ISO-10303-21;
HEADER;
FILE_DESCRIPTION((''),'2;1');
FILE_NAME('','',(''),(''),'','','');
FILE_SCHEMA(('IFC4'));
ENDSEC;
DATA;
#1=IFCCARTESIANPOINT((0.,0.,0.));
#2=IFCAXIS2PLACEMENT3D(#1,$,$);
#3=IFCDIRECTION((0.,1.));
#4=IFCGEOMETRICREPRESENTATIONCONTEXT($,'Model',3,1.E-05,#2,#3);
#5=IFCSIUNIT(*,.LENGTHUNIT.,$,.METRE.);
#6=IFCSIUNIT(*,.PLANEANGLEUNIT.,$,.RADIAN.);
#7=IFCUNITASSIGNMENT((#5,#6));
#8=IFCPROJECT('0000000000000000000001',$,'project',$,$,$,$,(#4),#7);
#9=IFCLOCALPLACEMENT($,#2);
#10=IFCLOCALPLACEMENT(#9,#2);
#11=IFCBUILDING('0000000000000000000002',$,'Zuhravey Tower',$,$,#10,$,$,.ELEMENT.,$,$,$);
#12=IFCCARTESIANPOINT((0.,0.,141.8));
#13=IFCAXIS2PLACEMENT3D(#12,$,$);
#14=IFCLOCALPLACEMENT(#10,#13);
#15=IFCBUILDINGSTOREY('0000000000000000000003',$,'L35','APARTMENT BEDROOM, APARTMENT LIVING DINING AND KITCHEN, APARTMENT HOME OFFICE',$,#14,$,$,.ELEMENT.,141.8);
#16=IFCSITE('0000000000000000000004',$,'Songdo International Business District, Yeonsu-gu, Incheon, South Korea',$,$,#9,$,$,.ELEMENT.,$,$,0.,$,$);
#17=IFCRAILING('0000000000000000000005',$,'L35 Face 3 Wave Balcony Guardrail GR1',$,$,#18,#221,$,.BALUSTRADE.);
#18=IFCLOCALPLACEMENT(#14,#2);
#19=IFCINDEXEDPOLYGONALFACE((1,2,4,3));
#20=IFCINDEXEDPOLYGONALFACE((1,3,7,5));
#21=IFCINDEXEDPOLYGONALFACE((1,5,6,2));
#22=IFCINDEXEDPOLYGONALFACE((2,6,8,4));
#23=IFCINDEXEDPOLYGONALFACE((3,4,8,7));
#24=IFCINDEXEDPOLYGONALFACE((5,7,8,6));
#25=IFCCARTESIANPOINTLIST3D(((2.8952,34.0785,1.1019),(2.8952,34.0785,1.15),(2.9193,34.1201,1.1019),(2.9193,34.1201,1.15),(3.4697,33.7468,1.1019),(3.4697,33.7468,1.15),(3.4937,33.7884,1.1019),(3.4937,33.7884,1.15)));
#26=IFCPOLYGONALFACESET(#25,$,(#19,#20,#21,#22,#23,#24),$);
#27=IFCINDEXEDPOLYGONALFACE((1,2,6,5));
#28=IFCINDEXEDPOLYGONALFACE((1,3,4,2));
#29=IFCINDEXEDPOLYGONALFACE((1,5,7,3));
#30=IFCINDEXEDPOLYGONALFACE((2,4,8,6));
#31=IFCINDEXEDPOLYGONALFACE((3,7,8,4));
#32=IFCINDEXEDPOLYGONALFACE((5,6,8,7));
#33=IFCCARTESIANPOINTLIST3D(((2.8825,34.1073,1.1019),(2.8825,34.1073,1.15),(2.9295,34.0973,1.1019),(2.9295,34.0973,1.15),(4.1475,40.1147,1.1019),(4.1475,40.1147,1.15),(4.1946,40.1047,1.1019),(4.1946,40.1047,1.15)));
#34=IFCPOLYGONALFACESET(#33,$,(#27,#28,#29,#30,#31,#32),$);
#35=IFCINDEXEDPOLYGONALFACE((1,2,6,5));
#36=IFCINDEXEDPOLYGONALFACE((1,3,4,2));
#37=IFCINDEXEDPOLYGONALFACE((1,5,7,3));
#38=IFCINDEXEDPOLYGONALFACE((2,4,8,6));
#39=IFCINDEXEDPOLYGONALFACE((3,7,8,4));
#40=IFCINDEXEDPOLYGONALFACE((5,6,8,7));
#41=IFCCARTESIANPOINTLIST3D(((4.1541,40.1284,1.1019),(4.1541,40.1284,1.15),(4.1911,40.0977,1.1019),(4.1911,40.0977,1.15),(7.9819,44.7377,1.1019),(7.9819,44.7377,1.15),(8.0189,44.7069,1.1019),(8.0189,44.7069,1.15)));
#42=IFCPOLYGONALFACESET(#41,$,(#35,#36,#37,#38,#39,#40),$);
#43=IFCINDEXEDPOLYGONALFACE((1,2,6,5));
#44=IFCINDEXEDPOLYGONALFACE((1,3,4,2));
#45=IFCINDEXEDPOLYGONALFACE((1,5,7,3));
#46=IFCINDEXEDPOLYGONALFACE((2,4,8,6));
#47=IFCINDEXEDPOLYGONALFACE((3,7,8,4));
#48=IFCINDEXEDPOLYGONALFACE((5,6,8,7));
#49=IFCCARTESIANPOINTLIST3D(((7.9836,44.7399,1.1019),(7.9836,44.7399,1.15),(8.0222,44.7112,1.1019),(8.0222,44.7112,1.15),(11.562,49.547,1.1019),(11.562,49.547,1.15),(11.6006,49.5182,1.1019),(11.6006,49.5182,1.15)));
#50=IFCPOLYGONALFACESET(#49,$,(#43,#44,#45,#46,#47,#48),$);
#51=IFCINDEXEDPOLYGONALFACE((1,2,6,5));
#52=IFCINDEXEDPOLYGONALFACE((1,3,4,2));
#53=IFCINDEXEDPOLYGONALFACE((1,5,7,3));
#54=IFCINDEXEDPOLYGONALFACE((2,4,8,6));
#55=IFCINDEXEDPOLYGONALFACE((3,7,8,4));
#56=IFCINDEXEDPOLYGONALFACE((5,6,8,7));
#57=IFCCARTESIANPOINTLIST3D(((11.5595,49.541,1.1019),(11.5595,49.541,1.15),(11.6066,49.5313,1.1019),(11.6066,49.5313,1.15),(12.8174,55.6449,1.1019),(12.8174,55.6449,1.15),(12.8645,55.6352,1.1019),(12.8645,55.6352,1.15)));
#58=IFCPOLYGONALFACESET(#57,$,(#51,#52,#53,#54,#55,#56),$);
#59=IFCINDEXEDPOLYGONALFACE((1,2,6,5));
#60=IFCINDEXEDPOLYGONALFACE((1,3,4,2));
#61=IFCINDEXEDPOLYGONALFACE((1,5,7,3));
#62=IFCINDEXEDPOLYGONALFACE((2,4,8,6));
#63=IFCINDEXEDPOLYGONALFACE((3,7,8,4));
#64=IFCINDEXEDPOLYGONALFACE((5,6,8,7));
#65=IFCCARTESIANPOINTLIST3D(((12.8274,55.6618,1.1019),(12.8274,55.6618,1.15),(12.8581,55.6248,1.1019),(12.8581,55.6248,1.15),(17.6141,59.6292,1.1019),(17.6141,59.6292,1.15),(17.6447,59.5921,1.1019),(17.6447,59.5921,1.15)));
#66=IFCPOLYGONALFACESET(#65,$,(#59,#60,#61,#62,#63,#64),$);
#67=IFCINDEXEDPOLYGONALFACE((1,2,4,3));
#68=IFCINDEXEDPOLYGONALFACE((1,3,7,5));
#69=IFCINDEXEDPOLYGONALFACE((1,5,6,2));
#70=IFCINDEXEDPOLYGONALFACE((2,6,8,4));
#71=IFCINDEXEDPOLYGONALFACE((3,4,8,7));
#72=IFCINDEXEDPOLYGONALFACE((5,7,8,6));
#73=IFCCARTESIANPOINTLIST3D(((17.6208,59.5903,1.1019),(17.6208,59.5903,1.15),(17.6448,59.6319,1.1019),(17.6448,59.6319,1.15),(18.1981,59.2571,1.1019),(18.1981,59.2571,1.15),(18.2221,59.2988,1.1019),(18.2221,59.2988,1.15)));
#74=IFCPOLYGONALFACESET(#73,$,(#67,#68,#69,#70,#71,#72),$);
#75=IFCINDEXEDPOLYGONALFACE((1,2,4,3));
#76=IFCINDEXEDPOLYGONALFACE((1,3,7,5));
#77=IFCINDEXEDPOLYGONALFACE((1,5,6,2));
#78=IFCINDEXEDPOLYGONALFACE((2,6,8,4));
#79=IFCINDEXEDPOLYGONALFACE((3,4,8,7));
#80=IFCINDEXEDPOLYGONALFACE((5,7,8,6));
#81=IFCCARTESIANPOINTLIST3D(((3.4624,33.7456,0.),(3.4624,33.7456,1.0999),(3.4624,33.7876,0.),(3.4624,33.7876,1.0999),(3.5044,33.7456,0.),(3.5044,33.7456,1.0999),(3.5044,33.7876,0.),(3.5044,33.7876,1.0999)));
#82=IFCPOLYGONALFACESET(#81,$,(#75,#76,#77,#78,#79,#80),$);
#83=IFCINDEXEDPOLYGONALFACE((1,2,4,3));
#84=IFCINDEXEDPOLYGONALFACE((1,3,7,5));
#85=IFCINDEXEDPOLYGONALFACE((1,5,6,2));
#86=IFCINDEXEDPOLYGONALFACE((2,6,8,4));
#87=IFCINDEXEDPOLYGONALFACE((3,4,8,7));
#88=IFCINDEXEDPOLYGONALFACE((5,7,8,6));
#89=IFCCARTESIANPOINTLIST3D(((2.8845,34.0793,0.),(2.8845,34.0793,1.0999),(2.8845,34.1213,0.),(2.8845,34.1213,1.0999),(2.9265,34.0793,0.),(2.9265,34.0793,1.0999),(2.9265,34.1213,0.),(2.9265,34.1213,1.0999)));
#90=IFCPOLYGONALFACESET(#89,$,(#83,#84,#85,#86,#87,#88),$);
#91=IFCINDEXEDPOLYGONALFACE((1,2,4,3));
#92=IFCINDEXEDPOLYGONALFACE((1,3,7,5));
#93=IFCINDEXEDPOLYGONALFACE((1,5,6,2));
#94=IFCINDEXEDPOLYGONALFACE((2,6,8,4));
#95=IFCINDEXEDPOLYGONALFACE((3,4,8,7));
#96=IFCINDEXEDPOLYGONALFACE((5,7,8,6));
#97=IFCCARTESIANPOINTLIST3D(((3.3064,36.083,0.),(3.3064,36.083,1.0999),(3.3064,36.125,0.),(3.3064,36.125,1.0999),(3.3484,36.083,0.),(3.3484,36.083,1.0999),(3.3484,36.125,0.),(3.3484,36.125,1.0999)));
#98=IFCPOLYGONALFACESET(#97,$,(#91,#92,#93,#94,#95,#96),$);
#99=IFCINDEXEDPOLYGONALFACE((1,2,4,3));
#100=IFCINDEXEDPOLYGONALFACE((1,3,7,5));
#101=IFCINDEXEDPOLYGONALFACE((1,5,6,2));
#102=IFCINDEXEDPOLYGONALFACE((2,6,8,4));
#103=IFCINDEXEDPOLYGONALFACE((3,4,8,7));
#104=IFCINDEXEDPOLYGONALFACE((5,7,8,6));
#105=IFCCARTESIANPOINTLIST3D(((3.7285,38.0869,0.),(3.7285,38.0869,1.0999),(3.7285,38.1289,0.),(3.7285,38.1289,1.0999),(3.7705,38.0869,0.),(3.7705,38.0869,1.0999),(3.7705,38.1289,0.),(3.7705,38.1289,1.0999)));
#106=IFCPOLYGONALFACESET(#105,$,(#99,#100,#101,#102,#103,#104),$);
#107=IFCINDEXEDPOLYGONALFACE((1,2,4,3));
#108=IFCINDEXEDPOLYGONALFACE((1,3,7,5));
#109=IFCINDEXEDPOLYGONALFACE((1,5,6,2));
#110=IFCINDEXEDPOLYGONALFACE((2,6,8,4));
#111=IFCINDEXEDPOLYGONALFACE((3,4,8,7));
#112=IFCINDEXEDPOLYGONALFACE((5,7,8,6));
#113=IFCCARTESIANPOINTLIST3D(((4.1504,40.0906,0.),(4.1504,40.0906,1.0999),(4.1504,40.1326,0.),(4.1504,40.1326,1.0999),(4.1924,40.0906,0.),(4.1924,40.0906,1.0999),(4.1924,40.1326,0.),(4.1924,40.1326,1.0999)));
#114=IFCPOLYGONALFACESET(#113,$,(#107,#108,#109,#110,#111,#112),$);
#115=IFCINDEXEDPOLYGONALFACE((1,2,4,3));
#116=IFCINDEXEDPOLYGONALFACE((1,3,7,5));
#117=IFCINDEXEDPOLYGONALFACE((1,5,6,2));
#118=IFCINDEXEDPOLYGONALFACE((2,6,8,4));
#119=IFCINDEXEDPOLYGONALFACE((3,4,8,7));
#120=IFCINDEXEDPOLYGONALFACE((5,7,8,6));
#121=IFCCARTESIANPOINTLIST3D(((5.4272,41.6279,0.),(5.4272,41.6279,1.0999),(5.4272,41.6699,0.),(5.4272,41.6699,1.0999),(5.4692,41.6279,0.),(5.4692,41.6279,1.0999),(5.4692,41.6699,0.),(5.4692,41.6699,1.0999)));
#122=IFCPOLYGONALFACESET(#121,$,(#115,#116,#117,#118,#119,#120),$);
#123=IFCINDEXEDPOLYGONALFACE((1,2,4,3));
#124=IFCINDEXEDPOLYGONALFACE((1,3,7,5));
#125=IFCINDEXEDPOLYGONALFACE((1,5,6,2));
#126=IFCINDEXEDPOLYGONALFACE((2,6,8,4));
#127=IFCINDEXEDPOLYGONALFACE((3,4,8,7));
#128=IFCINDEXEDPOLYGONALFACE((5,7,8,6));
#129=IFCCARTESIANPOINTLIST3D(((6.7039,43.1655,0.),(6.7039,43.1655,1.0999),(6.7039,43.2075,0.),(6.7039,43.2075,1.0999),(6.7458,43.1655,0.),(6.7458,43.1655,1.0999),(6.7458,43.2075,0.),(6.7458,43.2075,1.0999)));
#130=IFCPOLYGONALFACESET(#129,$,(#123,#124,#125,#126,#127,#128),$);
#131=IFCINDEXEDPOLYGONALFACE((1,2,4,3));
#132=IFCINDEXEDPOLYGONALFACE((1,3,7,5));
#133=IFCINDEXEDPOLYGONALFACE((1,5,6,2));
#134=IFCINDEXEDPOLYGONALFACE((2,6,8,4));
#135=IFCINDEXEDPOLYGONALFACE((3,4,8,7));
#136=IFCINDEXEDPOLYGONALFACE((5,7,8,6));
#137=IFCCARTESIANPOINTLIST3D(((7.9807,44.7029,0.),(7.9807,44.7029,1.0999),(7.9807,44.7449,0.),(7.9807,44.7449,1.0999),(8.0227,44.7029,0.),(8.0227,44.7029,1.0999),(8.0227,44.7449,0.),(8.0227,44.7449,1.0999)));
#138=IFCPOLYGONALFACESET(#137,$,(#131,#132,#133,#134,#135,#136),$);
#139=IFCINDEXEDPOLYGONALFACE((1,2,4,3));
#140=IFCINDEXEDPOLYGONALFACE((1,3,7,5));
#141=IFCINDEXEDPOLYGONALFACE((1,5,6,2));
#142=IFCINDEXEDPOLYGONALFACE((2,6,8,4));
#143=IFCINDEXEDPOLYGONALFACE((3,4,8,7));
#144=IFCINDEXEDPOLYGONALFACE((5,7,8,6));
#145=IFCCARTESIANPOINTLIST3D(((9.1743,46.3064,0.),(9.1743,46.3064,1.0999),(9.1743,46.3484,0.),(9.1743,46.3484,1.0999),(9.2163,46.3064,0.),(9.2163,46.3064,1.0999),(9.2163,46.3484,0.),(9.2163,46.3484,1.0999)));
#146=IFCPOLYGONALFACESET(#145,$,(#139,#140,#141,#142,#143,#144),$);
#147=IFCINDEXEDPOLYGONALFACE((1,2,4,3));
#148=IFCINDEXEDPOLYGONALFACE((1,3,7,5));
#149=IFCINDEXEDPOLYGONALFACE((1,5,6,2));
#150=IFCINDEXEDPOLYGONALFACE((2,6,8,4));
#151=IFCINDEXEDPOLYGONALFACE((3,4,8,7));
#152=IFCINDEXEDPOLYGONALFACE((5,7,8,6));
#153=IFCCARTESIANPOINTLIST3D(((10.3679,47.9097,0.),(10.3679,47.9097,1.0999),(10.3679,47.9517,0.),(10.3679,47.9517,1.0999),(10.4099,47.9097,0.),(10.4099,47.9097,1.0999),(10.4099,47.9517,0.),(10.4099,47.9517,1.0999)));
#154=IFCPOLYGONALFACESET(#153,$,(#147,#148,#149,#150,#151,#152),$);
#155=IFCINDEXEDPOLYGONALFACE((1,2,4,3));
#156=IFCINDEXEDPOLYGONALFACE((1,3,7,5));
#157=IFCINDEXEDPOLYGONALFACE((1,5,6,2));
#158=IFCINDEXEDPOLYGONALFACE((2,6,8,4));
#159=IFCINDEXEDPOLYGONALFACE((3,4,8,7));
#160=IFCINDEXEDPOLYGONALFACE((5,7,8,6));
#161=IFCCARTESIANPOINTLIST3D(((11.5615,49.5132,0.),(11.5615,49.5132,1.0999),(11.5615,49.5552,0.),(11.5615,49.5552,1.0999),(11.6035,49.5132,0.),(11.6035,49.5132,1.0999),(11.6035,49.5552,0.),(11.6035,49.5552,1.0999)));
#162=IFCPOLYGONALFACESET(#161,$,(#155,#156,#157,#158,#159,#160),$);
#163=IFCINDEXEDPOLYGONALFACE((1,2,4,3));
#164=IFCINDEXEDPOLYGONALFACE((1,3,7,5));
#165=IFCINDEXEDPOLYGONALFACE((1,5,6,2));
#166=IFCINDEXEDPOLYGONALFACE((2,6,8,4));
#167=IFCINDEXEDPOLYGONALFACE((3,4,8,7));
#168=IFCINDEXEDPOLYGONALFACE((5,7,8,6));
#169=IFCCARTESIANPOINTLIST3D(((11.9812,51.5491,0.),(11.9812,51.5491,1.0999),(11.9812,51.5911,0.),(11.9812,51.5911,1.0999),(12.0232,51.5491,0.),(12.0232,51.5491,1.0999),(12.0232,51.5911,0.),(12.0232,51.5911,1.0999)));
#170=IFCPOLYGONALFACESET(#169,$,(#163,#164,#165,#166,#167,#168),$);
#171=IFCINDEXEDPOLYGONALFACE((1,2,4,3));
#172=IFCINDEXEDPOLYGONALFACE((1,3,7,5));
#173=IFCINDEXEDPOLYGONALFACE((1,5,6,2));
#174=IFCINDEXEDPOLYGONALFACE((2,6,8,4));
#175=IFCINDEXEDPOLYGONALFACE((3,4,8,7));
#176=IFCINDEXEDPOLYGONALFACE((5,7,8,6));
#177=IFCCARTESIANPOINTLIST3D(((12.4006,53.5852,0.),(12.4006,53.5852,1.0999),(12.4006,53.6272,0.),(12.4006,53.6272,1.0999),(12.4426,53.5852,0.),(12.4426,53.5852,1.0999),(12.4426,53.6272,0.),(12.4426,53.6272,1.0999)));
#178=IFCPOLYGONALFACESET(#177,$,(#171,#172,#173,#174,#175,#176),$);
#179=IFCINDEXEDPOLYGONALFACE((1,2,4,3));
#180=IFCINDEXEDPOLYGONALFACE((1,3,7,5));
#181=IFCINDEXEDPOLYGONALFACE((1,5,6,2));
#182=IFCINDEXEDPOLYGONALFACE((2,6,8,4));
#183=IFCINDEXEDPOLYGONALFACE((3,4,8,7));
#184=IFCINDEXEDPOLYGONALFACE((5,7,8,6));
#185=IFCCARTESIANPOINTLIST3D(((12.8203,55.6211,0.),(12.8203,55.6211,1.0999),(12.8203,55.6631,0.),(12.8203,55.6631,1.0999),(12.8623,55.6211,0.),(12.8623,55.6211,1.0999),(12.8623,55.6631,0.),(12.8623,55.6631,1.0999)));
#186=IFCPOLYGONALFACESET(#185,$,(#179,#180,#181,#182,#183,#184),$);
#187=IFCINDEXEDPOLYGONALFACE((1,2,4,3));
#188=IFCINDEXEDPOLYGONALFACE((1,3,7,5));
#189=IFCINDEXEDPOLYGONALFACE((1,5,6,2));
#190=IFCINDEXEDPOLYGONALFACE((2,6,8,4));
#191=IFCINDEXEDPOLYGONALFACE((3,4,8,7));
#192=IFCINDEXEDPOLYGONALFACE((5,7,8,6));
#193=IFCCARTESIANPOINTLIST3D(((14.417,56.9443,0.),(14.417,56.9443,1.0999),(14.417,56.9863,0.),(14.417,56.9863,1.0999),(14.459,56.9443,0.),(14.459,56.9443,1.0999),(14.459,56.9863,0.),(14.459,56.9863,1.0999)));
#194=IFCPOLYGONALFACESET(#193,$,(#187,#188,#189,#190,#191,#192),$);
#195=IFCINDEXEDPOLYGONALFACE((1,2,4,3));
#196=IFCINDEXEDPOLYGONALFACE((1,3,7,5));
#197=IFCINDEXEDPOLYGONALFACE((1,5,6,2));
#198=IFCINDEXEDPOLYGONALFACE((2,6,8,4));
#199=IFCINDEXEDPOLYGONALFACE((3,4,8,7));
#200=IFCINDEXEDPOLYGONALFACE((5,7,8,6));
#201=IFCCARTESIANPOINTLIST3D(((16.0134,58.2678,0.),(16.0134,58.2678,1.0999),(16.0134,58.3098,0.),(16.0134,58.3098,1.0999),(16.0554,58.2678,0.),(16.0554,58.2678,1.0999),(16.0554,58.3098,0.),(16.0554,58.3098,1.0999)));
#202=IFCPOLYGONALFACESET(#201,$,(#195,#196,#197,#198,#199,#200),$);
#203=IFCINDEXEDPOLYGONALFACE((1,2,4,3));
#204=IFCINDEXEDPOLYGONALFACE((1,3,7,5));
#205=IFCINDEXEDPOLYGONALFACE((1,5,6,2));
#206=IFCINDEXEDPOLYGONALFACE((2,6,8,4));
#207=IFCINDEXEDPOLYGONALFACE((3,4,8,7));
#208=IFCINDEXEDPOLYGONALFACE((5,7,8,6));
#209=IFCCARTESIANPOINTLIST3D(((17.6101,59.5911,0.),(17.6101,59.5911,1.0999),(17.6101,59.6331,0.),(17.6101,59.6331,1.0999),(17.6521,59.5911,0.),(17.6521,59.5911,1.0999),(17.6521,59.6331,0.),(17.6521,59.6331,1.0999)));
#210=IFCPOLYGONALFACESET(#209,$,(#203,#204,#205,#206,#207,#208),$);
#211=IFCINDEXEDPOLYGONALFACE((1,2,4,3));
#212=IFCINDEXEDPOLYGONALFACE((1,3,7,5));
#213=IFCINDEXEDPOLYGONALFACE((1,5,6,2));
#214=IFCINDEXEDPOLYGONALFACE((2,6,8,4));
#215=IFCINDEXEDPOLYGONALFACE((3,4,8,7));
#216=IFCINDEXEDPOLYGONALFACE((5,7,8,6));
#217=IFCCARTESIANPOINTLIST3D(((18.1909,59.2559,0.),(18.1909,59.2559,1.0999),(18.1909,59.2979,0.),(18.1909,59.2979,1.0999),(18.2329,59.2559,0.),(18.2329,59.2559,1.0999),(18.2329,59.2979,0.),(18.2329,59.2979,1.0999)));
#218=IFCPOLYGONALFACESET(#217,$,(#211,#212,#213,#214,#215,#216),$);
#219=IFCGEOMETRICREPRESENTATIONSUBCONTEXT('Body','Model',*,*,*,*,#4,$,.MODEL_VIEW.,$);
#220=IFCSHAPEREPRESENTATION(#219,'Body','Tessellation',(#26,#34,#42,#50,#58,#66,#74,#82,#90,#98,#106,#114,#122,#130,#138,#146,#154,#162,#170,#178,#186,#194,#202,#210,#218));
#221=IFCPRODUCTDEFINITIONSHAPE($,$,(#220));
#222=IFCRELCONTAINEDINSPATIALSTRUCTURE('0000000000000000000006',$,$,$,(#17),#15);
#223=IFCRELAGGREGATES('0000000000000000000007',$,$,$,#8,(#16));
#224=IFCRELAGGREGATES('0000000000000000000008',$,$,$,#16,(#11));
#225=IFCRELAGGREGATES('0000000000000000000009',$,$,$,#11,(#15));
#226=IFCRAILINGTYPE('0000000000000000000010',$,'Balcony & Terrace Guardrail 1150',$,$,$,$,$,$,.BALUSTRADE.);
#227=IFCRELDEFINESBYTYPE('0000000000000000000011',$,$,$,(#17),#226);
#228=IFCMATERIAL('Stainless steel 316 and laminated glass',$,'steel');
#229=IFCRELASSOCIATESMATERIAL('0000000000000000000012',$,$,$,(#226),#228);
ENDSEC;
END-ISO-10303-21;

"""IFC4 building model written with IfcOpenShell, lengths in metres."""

from ifc_helpers import new_model, si_unit, direction, frame, origin, origin_2d, place, context, subcontext, project, spatial, rectangle, extrude, material, type_object, element, save


model = new_model("IFC4")

# Units and contexts
model_context = context("Model", 3, precision=1e-05, world=origin(), true_north=direction((0.0, 1.0)))
body_context = subcontext(model_context, "Body", "Model", "MODEL_VIEW")
ifc_project = project(units=[si_unit("LENGTHUNIT", "METRE"), si_unit("PLANEANGLEUNIT", "RADIAN")], contexts=[model_context])

# Site, building, storey
site_placement = place(None, origin())
site = spatial("IfcSite", under=ifc_project, at=site_placement, Name="Songdo International Business District, Yeonsu-gu, Incheon, South Korea", CompositionType="ELEMENT", RefElevation=0.0)
building_placement = place(site_placement, origin())
building = spatial("IfcBuilding", under=site, at=building_placement, Name="Zuhravey Tower", CompositionType="ELEMENT")
storey_placement = place(building_placement, frame((0.0, 0.0, 141.8)))
storey = spatial("IfcBuildingStorey", under=building, at=storey_placement, Name="L35", Description="APARTMENT BEDROOM, APARTMENT LIVING DINING AND KITCHEN, APARTMENT HOME OFFICE", CompositionType="ELEMENT", Elevation=141.8)

# Railing
ifc_material_1 = material(Name="Stainless steel 316 and laminated glass", Category="steel")
railing_type = type_object("IfcRailingType", Name="Balcony & Terrace Guardrail 1150", PredefinedType="BALUSTRADE", material=ifc_material_1)
railing_placement = place(storey_placement, frame((3.4834, 33.7666, 0.0)))
element("IfcRailing", 1, at=railing_placement, inside=storey, type_object=railing_type, Name="L35 Face 3 Wave Balcony Guardrail GR1", PredefinedType="BALUSTRADE", context=body_context, shape_type="SweptSolid", body=[
    extrude(rectangle(XDim=0.0481, YDim=0.0481, at=origin_2d()), frame((-0.0017, 0.001, 1.126), z_axis=(-0.86596, 0.500113, 0.0), x_axis=(-0.500113, -0.86596, 0.0)), (0.0, 0.0, 1.0), 0.6633),
    extrude(rectangle(XDim=0.0481, YDim=0.0481, at=origin_2d()), frame((-0.5774, 0.3357, 1.126), z_axis=(0.206065, 0.978538, 0.0), x_axis=(-0.978538, 0.206065, 0.0)), (0.0, 0.0, 1.0), 6.1392),
    extrude(rectangle(XDim=0.0481, YDim=0.0481, at=origin_2d()), frame((0.6892, 6.3464, 1.126), z_axis=(0.638878, 0.769308, 0.0), x_axis=(-0.769308, 0.638878, 0.0)), (0.0, 0.0, 1.0), 5.9915),
    extrude(rectangle(XDim=0.0481, YDim=0.0481, at=origin_2d()), frame((4.5195, 10.959, 1.126), z_axis=(0.597123, 0.802149, 0.0), x_axis=(-0.802149, 0.597123, 0.0)), (0.0, 0.0, 1.0), 5.9927),
    extrude(rectangle(XDim=0.0481, YDim=0.0481, at=origin_2d()), frame((8.0996, 15.7695, 1.126), z_axis=(0.20185, 0.979417, 0.0), x_axis=(-0.979417, 0.20185, 0.0)), (0.0, 0.0, 1.0), 6.2322),
    extrude(rectangle(XDim=0.0481, YDim=0.0481, at=origin_2d()), frame((9.3594, 21.8767, 1.126), z_axis=(0.76992, 0.63814, 0.0), x_axis=(-0.63814, 0.76992, 0.0)), (0.0, 0.0, 1.0), 6.217),
    extrude(rectangle(XDim=0.0481, YDim=0.0481, at=origin_2d()), frame((14.1494, 25.8445, 1.126), z_axis=(0.866107, -0.499859, 0.0), x_axis=(0.499859, 0.866107, 0.0)), (0.0, 0.0, 1.0), 0.6665),
    extrude(rectangle(XDim=0.042, YDim=0.042, at=origin_2d()), origin(), (0.0, 0.0, 1.0), 1.0999),
    extrude(rectangle(XDim=0.042, YDim=0.042, at=origin_2d()), frame((-0.5779, 0.3337, 0.0)), (0.0, 0.0, 1.0), 1.0999),
    extrude(rectangle(XDim=0.042, YDim=0.042, at=origin_2d()), frame((-0.156, 2.3374, 0.0)), (0.0, 0.0, 1.0), 1.0999),
    extrude(rectangle(XDim=0.042, YDim=0.042, at=origin_2d()), frame((0.2661, 4.3413, 0.0)), (0.0, 0.0, 1.0), 1.0999),
    extrude(rectangle(XDim=0.042, YDim=0.042, at=origin_2d()), frame((0.688, 6.345, 0.0)), (0.0, 0.0, 1.0), 1.0999),
    extrude(rectangle(XDim=0.042, YDim=0.042, at=origin_2d()), frame((1.9648, 7.8823, 0.0)), (0.0, 0.0, 1.0), 1.0999),
    extrude(rectangle(XDim=0.042, YDim=0.042, at=origin_2d()), frame((3.2415, 9.4199, 0.0)), (0.0, 0.0, 1.0), 1.0999),
    extrude(rectangle(XDim=0.042, YDim=0.042, at=origin_2d()), frame((4.5183, 10.9573, 0.0)), (0.0, 0.0, 1.0), 1.0999),
    extrude(rectangle(XDim=0.042, YDim=0.042, at=origin_2d()), frame((5.7119, 12.5608, 0.0)), (0.0, 0.0, 1.0), 1.0999),
    extrude(rectangle(XDim=0.042, YDim=0.042, at=origin_2d()), frame((6.9055, 14.1641, 0.0)), (0.0, 0.0, 1.0), 1.0999),
    extrude(rectangle(XDim=0.042, YDim=0.042, at=origin_2d()), frame((8.0991, 15.7676, 0.0)), (0.0, 0.0, 1.0), 1.0999),
    extrude(rectangle(XDim=0.042, YDim=0.042, at=origin_2d()), frame((8.5188, 17.8035, 0.0)), (0.0, 0.0, 1.0), 1.0999),
    extrude(rectangle(XDim=0.042, YDim=0.042, at=origin_2d()), frame((8.9382, 19.8396, 0.0)), (0.0, 0.0, 1.0), 1.0999),
    extrude(rectangle(XDim=0.042, YDim=0.042, at=origin_2d()), frame((9.3579, 21.8755, 0.0)), (0.0, 0.0, 1.0), 1.0999),
    extrude(rectangle(XDim=0.042, YDim=0.042, at=origin_2d()), frame((10.9546, 23.1987, 0.0)), (0.0, 0.0, 1.0), 1.0999),
    extrude(rectangle(XDim=0.042, YDim=0.042, at=origin_2d()), frame((12.551, 24.5222, 0.0)), (0.0, 0.0, 1.0), 1.0999),
    extrude(rectangle(XDim=0.042, YDim=0.042, at=origin_2d()), frame((14.1477, 25.8455, 0.0)), (0.0, 0.0, 1.0), 1.0999),
    extrude(rectangle(XDim=0.042, YDim=0.042, at=origin_2d()), frame((14.7285, 25.5103, 0.0)), (0.0, 0.0, 1.0), 1.0999),
])

save(model, "model.ifc")
